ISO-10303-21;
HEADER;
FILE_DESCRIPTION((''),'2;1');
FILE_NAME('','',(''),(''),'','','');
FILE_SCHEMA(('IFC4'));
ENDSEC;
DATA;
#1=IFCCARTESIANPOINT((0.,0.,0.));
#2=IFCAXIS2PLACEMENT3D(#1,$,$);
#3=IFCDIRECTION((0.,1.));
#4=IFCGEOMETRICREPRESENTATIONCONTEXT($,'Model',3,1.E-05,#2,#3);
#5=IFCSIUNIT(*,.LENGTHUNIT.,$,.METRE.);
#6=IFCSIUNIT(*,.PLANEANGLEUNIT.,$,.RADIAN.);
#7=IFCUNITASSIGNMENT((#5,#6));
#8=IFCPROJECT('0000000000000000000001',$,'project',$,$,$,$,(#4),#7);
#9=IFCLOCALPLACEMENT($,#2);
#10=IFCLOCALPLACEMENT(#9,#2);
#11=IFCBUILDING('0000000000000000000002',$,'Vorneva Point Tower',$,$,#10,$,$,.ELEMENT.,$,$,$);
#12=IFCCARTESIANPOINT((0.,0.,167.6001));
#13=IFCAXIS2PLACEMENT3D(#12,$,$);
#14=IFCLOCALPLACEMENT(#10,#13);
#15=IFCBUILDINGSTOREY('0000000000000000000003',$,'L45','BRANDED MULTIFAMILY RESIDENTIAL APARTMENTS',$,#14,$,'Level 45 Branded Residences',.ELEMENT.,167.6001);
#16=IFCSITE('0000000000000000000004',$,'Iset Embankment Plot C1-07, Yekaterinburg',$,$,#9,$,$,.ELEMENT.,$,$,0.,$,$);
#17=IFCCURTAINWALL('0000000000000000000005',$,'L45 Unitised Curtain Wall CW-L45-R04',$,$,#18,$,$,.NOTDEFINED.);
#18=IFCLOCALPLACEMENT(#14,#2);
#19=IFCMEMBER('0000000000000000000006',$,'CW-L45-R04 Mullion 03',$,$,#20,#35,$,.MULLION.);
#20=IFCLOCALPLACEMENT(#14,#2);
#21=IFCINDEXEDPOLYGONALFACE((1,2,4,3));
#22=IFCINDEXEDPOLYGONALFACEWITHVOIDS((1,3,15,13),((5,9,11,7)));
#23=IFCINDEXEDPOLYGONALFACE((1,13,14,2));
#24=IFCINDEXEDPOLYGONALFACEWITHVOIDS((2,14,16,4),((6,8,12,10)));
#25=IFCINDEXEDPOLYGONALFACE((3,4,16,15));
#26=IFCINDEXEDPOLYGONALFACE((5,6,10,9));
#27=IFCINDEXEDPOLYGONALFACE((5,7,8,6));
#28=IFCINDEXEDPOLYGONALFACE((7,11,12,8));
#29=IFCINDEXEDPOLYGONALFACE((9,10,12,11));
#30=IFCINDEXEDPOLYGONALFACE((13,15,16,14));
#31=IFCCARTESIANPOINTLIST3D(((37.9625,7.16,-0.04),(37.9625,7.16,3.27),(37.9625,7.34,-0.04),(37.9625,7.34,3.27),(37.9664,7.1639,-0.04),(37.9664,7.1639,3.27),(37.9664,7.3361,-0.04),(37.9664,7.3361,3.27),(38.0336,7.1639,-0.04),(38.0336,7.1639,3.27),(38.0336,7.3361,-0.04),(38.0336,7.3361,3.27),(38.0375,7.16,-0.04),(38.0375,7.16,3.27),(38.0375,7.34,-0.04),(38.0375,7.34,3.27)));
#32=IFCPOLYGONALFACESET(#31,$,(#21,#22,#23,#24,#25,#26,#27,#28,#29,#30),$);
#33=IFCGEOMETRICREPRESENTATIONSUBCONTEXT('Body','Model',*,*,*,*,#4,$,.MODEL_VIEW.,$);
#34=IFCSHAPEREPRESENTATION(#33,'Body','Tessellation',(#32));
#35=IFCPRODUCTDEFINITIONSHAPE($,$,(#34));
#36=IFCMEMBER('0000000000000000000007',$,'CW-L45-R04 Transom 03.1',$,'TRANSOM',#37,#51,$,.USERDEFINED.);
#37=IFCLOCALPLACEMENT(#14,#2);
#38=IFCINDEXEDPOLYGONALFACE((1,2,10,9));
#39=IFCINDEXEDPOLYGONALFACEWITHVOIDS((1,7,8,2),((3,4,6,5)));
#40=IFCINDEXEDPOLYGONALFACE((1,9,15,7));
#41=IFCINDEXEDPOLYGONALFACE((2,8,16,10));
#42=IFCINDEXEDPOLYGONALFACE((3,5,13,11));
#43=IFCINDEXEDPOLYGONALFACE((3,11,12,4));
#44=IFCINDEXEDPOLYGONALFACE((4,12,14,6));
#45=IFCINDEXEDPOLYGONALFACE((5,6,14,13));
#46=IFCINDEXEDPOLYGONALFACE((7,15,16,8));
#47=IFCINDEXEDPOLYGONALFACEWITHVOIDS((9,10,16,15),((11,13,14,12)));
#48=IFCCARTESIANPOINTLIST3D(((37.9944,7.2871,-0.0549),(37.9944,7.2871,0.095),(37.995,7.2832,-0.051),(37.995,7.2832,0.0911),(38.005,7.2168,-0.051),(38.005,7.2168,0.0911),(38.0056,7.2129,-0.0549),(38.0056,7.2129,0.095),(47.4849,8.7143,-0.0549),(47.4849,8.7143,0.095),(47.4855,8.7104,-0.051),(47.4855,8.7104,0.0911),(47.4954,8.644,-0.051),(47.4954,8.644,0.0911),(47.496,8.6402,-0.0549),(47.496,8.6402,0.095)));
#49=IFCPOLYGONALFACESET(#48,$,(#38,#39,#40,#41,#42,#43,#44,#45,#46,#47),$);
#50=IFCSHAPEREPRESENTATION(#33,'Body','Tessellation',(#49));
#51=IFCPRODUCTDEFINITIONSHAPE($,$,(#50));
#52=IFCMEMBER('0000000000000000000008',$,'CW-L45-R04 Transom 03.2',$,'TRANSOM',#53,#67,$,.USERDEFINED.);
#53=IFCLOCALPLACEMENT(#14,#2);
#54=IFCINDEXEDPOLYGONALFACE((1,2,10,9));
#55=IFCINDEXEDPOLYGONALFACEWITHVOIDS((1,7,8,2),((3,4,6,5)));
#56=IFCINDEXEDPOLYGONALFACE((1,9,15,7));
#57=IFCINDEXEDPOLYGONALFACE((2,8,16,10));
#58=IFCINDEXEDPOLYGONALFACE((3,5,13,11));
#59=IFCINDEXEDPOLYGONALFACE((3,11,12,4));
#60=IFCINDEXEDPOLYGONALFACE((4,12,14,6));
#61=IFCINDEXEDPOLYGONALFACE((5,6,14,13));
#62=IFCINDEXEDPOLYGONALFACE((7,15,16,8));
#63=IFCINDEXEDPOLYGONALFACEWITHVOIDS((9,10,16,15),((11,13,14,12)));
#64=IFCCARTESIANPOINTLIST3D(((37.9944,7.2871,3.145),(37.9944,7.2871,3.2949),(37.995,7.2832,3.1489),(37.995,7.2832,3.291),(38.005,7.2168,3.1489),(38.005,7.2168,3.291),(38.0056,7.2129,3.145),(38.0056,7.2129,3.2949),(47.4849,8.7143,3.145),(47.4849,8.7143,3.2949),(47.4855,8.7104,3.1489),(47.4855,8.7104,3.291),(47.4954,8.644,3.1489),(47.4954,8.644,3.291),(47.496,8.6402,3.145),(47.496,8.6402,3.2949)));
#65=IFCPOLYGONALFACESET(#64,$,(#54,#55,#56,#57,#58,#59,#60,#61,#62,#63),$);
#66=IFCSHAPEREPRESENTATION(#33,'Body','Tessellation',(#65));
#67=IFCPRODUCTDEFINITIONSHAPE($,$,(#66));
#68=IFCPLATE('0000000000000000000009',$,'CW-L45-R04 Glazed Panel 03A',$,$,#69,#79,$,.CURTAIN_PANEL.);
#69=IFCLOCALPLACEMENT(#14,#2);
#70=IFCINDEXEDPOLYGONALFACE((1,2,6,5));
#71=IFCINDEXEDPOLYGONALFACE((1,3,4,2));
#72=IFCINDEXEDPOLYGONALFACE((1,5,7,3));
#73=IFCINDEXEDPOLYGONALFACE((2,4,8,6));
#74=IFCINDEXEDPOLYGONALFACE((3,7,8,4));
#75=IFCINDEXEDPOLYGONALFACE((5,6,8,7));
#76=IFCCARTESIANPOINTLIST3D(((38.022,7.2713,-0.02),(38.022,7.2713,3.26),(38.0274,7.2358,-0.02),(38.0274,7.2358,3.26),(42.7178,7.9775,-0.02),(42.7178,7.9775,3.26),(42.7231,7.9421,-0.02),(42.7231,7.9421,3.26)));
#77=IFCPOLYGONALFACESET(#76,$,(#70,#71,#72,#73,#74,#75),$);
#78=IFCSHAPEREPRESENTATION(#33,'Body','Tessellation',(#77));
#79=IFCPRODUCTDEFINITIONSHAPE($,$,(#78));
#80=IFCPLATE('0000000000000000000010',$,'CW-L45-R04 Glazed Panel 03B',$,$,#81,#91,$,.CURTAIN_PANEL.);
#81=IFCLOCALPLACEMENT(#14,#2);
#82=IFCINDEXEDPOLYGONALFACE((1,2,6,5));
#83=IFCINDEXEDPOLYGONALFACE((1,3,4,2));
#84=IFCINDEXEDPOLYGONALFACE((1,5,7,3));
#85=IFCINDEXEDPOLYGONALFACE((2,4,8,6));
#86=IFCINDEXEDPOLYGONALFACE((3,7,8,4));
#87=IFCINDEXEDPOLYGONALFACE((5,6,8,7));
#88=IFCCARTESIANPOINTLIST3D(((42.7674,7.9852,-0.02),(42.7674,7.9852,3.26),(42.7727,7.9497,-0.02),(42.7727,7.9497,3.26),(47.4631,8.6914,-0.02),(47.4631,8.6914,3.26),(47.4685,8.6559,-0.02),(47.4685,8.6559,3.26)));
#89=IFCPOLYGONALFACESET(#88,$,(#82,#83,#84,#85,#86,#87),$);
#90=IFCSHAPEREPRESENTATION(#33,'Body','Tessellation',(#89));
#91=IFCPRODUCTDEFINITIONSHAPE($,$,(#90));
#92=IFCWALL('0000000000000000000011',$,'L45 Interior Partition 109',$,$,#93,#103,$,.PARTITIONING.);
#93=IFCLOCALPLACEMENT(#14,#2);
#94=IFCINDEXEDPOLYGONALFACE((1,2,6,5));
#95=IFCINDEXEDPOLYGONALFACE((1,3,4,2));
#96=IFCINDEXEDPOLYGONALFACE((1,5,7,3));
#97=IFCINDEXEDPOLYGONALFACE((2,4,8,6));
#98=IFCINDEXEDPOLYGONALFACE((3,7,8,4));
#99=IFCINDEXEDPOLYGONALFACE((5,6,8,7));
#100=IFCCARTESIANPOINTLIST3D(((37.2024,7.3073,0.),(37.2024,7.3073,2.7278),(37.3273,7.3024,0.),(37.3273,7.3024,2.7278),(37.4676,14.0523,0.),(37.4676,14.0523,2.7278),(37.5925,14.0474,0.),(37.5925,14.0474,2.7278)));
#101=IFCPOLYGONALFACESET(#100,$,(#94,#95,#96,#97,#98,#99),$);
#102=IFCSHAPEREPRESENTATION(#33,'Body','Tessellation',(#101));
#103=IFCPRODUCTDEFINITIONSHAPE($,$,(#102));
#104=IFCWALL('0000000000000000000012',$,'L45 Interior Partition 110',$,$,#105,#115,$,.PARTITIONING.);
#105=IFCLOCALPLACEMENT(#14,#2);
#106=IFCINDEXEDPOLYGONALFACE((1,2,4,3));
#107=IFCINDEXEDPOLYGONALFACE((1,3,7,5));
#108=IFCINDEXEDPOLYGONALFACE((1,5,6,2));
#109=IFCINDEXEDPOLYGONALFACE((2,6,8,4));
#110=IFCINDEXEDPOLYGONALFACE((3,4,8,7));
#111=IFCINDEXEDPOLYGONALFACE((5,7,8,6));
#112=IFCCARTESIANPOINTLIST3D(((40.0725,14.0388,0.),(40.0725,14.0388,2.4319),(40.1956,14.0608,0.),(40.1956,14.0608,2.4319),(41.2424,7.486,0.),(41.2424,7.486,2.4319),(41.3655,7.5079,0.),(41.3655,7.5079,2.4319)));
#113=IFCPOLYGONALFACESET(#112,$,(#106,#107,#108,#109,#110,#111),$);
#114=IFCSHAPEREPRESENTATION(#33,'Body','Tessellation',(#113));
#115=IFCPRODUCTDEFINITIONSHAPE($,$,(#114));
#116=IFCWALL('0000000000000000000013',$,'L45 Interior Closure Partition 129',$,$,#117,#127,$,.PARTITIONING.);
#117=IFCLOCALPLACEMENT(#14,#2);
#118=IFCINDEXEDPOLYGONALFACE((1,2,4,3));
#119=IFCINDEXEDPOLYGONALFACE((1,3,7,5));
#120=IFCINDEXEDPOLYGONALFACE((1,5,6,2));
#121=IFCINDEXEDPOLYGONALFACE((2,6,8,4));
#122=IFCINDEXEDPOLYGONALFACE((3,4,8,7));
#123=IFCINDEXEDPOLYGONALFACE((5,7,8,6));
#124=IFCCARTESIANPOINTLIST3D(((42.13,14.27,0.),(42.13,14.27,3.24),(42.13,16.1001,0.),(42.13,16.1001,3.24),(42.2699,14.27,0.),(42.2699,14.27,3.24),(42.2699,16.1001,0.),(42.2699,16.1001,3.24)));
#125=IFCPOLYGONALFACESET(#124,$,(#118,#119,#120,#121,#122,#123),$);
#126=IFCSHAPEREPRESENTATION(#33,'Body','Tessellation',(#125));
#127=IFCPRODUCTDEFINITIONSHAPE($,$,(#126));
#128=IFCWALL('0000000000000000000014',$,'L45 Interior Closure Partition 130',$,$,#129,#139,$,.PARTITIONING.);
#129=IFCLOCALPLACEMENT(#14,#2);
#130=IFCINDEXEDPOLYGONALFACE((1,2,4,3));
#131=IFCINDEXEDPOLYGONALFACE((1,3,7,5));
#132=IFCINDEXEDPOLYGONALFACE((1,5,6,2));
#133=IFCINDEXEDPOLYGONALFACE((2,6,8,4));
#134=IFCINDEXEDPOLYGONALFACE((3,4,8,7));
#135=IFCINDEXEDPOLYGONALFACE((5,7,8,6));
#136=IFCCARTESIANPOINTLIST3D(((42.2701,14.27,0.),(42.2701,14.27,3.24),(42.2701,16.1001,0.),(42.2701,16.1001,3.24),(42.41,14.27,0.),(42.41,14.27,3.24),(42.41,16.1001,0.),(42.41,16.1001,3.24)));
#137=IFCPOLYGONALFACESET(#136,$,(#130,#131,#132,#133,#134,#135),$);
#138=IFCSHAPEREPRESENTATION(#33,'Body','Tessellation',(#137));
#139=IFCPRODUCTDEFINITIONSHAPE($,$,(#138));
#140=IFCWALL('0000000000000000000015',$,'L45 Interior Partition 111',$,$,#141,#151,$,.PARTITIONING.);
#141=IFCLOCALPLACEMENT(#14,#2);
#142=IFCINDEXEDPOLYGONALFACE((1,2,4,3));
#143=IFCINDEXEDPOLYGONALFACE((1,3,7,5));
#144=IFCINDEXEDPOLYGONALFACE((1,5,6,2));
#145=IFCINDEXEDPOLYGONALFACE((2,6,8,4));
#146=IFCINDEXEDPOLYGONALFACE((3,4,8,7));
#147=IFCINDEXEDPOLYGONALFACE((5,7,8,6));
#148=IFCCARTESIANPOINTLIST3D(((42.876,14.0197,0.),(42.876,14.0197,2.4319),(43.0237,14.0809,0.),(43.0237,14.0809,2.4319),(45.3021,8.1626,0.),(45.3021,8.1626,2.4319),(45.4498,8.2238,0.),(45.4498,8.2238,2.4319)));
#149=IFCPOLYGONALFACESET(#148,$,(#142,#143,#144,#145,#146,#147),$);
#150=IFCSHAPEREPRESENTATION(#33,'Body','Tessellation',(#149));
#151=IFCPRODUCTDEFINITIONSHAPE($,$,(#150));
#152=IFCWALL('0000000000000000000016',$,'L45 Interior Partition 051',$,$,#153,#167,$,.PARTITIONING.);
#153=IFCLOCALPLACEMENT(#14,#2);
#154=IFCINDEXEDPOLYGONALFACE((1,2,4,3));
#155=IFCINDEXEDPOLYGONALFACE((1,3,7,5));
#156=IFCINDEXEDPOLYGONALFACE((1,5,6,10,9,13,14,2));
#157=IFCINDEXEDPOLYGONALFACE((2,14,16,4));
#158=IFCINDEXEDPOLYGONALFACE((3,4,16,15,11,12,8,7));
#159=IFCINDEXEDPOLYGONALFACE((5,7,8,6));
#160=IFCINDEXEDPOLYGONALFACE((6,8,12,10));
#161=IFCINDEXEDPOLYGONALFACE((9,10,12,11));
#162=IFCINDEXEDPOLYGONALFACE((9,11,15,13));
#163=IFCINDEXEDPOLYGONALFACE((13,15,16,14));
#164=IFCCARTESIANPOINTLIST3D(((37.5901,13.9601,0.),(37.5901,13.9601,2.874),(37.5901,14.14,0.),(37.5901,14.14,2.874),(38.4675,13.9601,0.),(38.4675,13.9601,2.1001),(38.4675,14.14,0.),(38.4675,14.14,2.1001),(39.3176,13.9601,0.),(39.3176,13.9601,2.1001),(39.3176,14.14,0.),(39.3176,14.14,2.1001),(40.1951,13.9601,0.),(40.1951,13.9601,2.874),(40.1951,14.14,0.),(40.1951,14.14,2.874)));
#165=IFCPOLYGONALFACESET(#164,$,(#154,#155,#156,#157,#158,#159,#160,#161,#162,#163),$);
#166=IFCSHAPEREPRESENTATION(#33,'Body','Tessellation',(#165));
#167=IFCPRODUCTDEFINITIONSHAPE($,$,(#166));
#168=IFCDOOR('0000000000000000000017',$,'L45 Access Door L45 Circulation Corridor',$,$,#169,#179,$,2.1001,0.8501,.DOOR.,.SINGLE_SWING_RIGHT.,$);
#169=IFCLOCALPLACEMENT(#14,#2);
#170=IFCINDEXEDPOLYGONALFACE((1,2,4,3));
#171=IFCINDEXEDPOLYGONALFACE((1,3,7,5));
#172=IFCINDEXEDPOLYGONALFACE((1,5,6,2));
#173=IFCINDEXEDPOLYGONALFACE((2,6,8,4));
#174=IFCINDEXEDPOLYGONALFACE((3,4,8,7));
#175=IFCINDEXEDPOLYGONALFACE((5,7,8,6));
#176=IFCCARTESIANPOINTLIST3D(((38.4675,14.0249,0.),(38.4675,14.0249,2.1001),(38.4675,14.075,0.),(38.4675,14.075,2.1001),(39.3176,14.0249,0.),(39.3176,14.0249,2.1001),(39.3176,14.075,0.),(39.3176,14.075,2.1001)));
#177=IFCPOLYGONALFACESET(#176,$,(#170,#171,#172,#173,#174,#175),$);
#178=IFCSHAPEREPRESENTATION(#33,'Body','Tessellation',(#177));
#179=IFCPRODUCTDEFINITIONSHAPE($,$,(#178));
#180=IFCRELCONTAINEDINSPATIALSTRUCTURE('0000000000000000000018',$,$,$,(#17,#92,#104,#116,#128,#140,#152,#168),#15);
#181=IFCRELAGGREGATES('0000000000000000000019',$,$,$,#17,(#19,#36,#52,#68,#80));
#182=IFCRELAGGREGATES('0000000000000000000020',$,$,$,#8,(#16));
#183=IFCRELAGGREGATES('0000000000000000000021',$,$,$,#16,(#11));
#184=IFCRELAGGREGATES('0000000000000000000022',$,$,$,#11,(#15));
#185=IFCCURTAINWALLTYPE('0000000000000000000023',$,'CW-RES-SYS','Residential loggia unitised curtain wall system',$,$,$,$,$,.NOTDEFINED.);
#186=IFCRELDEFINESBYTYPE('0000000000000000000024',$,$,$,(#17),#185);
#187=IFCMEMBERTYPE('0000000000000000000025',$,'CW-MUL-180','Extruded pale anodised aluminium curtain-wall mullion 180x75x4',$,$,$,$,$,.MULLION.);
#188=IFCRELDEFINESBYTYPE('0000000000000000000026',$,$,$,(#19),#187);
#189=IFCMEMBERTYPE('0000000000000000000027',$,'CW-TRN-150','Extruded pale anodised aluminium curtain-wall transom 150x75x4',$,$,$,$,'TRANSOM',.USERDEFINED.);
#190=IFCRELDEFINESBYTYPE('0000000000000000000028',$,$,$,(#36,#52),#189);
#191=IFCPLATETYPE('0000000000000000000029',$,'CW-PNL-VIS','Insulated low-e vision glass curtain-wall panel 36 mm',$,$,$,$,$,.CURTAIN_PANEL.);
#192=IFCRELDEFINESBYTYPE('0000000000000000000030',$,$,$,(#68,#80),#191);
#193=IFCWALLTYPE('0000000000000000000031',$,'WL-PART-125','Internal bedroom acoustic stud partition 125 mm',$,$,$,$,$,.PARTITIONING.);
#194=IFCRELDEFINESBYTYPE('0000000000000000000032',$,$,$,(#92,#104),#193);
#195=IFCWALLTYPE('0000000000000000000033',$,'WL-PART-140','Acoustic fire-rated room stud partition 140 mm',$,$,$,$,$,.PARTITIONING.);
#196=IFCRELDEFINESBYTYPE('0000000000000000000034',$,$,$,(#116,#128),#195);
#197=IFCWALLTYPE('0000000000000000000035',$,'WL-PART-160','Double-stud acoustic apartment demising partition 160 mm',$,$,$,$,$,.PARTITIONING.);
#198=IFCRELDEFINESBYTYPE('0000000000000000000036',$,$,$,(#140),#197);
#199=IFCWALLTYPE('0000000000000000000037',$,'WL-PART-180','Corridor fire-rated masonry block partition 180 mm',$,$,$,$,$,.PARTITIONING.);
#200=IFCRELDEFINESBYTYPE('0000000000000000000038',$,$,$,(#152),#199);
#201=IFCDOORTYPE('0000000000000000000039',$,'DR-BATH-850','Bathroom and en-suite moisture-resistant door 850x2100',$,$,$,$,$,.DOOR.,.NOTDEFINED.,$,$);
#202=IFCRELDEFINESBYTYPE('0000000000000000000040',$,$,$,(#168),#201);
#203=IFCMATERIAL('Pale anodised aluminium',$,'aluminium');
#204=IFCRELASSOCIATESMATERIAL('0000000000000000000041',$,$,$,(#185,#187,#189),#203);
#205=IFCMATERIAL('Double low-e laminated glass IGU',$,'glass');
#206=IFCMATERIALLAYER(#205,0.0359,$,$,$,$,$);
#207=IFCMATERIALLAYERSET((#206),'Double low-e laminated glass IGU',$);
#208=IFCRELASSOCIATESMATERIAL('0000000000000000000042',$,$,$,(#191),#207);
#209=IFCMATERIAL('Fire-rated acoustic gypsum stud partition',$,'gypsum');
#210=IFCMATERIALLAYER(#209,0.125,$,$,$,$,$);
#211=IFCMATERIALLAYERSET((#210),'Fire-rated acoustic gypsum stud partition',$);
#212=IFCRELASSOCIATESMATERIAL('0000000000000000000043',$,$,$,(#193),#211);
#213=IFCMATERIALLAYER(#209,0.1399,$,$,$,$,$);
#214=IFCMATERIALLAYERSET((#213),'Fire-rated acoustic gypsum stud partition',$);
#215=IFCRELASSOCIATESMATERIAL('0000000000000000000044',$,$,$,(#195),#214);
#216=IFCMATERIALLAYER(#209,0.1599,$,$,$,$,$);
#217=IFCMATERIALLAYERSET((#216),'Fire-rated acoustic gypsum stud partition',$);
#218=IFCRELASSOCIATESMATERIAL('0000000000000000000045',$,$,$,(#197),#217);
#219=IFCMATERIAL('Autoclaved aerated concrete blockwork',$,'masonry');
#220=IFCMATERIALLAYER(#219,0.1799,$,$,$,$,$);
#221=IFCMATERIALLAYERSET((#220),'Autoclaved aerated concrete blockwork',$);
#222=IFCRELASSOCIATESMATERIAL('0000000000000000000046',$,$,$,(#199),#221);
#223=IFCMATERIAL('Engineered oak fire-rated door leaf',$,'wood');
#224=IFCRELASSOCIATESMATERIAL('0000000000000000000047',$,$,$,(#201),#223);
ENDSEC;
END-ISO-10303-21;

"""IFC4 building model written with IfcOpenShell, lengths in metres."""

from ifc_helpers import new_model, si_unit, direction, frame, frame_2d, origin, origin_2d, place, context, subcontext, project, spatial, rectangle, hollow_rectangle, extrude, material, layer, layer_set, material_profile, profile_set, type_object, element, fill, aggregate, save


model = new_model("IFC4")

# Units and contexts
model_context = context("Model", 3, precision=1e-05, world=origin(), true_north=direction((0.0, 1.0)))
body_context = subcontext(model_context, "Body", "Model", "MODEL_VIEW")
ifc_project = project(units=[si_unit("LENGTHUNIT", "METRE"), si_unit("PLANEANGLEUNIT", "RADIAN")], contexts=[model_context])

# Site, building, storey
site_placement = place(None, origin())
site = spatial("IfcSite", under=ifc_project, at=site_placement, Name="Iset Embankment Plot C1-07, Yekaterinburg", CompositionType="ELEMENT", RefElevation=0.0)
building_placement = place(site_placement, origin())
building = spatial("IfcBuilding", under=site, at=building_placement, Name="Vorneva Point Tower", CompositionType="ELEMENT")
storey_placement = place(building_placement, frame((0.0, 0.0, 167.6001)))
storey = spatial("IfcBuildingStorey", under=building, at=storey_placement, Name="L45", Description="BRANDED MULTIFAMILY RESIDENTIAL APARTMENTS", LongName="Level 45 Branded Residences", CompositionType="ELEMENT", Elevation=167.6001)

# Curtain wall, members, plates
ifc_material_1 = material(Name="Pale anodised aluminium", Category="aluminium")
curtain_wall_type = type_object("IfcCurtainWallType", Name="CW-RES-SYS", Description="Residential loggia unitised curtain wall system", PredefinedType="NOTDEFINED", material=ifc_material_1)
curtain_wall_placement = place(storey_placement, origin())
curtain_wall = element("IfcCurtainWall", 1, at=curtain_wall_placement, inside=storey, type_object=curtain_wall_type, Name="L45 Unitised Curtain Wall CW-L45-R04", PredefinedType="NOTDEFINED")
ifc_material_profile_1 = material_profile(ifc_material_1, hollow_rectangle(XDim=0.075, YDim=0.1799, WallThickness=0.0039, at=origin_2d()), Name="AL-MUL 180x75x4")
ifc_profile_set_1 = profile_set([ifc_material_profile_1], Name="Pale anodised aluminium")
member_type_1 = type_object("IfcMemberType", Name="CW-MUL-180", Description="Extruded pale anodised aluminium curtain-wall mullion 180x75x4", PredefinedType="MULLION", material=ifc_profile_set_1)
member_1_placement = place(storey_placement, frame((38.0, 7.25, -0.04), z_axis=(0.0, 0.0, 1.0), x_axis=(1.0, 0.0, 0.0)))
member_1 = element("IfcMember", 2, at=member_1_placement, type_object=member_type_1, Name="CW-L45-R04 Mullion 03", PredefinedType="MULLION", context=body_context, shape_type="SweptSolid", body=[
    extrude(hollow_rectangle(XDim=0.075, YDim=0.1799, WallThickness=0.0039, at=origin_2d()), origin(), (0.0, 0.0, 1.0), 3.3101),
])
ifc_material_profile_2 = material_profile(ifc_material_1, hollow_rectangle(XDim=0.075, YDim=0.1499, WallThickness=0.0039, at=origin_2d()), Name="AL-TRN 150x75x4")
ifc_profile_set_2 = profile_set([ifc_material_profile_2], Name="Pale anodised aluminium")
member_type_2 = type_object("IfcMemberType", Name="CW-TRN-150", Description="Extruded pale anodised aluminium curtain-wall transom 150x75x4", ElementType="TRANSOM", PredefinedType="USERDEFINED", material=ifc_profile_set_2)
member_2_placement = place(storey_placement, frame((38.0, 7.25, 0.02), z_axis=(0.98888, 0.148715, 0.0), x_axis=(-0.148715, 0.98888, 0.0)))
member_2 = element("IfcMember", 3, at=member_2_placement, type_object=member_type_2, Name="CW-L45-R04 Transom 03.1", ObjectType="TRANSOM", PredefinedType="USERDEFINED", context=body_context, shape_type="SweptSolid", body=[
    extrude(hollow_rectangle(XDim=0.075, YDim=0.1499, WallThickness=0.0039, at=origin_2d()), origin(), (0.0, 0.0, 1.0), 9.5972),
])
member_3_placement = place(storey_placement, frame((38.0, 7.25, 3.22), z_axis=(0.98888, 0.148715, 0.0), x_axis=(-0.148715, 0.98888, 0.0)))
member_3 = element("IfcMember", 4, at=member_3_placement, type_object=member_type_2, Name="CW-L45-R04 Transom 03.2", ObjectType="TRANSOM", PredefinedType="USERDEFINED", context=body_context, shape_type="SweptSolid", body=[
    extrude(hollow_rectangle(XDim=0.075, YDim=0.1499, WallThickness=0.0039, at=origin_2d()), origin(), (0.0, 0.0, 1.0), 9.5972),
])
ifc_material_2 = material(Name="Double low-e laminated glass IGU", Category="glass")
ifc_layer_1 = layer(ifc_material_2, 0.0359)
ifc_layer_set_1 = layer_set([ifc_layer_1], Name="Double low-e laminated glass IGU")
plate_type = type_object("IfcPlateType", Name="CW-PNL-VIS", Description="Insulated low-e vision glass curtain-wall panel 36 mm", PredefinedType="CURTAIN_PANEL", material=ifc_layer_set_1)
plate_1_placement = place(storey_placement, frame((40.3726, 7.6067, -0.02), z_axis=(0.0, 0.0, 1.0), x_axis=(0.988879, 0.148724, 0.0)))
plate_1 = element("IfcPlate", 5, at=plate_1_placement, type_object=plate_type, Name="CW-L45-R04 Glazed Panel 03A", PredefinedType="CURTAIN_PANEL", context=body_context, shape_type="SweptSolid", body=[
    extrude(rectangle(XDim=4.7485, YDim=0.0359, at=origin_2d()), origin(), (0.0, 0.0, 1.0), 3.28),
])
plate_2_placement = place(storey_placement, frame((45.1179, 8.3206, -0.02), z_axis=(0.0, 0.0, 1.0), x_axis=(0.988879, 0.148724, 0.0)))
plate_2 = element("IfcPlate", 6, at=plate_2_placement, type_object=plate_type, Name="CW-L45-R04 Glazed Panel 03B", PredefinedType="CURTAIN_PANEL", context=body_context, shape_type="SweptSolid", body=[
    extrude(rectangle(XDim=4.7485, YDim=0.0359, at=origin_2d()), origin(), (0.0, 0.0, 1.0), 3.28),
])
aggregate(curtain_wall, [member_1, member_2, member_3, plate_1, plate_2])

# Walls
ifc_material_3 = material(Name="Fire-rated acoustic gypsum stud partition", Category="gypsum")
ifc_layer_2 = layer(ifc_material_3, 0.125)
ifc_layer_set_2 = layer_set([ifc_layer_2], Name="Fire-rated acoustic gypsum stud partition")
wall_type_1 = type_object("IfcWallType", Name="WL-PART-125", Description="Internal bedroom acoustic stud partition 125 mm", PredefinedType="PARTITIONING", material=ifc_layer_set_2)
wall_1_placement = place(storey_placement, frame((37.2649, 7.3049, 0.0), z_axis=(0.0, 0.0, 1.0), x_axis=(0.039278, 0.999228, 0.0)))
element("IfcWall", 7, at=wall_1_placement, inside=storey, type_object=wall_type_1, Name="L45 Interior Partition 109", PredefinedType="PARTITIONING", context=body_context, shape_type="SweptSolid", body=[
    extrude(rectangle(XDim=6.7502, YDim=0.125, at=frame_2d((3.375, 0.0))), origin(), (0.0, 0.0, 1.0), 2.7278),
])
wall_2_placement = place(storey_placement, frame((41.304, 7.4971, 0.0), z_axis=(0.0, 0.0, 1.0), x_axis=(-0.175754, 0.984434, 0.0)))
element("IfcWall", 8, at=wall_2_placement, inside=storey, type_object=wall_type_1, Name="L45 Interior Partition 110", PredefinedType="PARTITIONING", context=body_context, shape_type="SweptSolid", body=[
    extrude(rectangle(XDim=6.6565, YDim=0.125, at=frame_2d((3.3281, 0.0))), origin(), (0.0, 0.0, 1.0), 2.4319),
])
ifc_layer_3 = layer(ifc_material_3, 0.1399)
ifc_layer_set_3 = layer_set([ifc_layer_3], Name="Fire-rated acoustic gypsum stud partition")
wall_type_2 = type_object("IfcWallType", Name="WL-PART-140", Description="Acoustic fire-rated room stud partition 140 mm", PredefinedType="PARTITIONING", material=ifc_layer_set_3)
for number, where, z_axis, x_axis, name in (
    (9, (42.2, 16.1001, 0.0), (0.0, 0.0, 1.0), (0.0, -1.0, 0.0), "L45 Interior Closure Partition 129"),
    (10, (42.3401, 14.27, 0.0), (0.0, 0.0, 1.0), (0.0, 1.0, 0.0), "L45 Interior Closure Partition 130"),
):
    element("IfcWall", number, at=place(storey_placement, frame(where, z_axis=z_axis, x_axis=x_axis)), inside=storey, type_object=wall_type_2, Name=name, PredefinedType="PARTITIONING", context=body_context, shape_type="SweptSolid", body=[
        extrude(rectangle(XDim=1.8301, YDim=0.1399, at=frame_2d((0.915, 0.0))), origin(), (0.0, 0.0, 1.0), 3.24),
    ])
ifc_layer_4 = layer(ifc_material_3, 0.1599)
ifc_layer_set_4 = layer_set([ifc_layer_4], Name="Fire-rated acoustic gypsum stud partition")
wall_type_3 = type_object("IfcWallType", Name="WL-PART-160", Description="Double-stud acoustic apartment demising partition 160 mm", PredefinedType="PARTITIONING", material=ifc_layer_set_4)
wall_3_placement = place(storey_placement, frame((45.376, 8.1931, 0.0), z_axis=(0.0, 0.0, 1.0), x_axis=(-0.382684, 0.923879, 0.0)))
element("IfcWall", 11, at=wall_3_placement, inside=storey, type_object=wall_type_3, Name="L45 Interior Partition 111", PredefinedType="PARTITIONING", context=body_context, shape_type="SweptSolid", body=[
    extrude(rectangle(XDim=6.3396, YDim=0.1599, at=frame_2d((3.1699, 0.0))), origin(), (0.0, 0.0, 1.0), 2.4319),
])

# Wall, opening, door
ifc_material_4 = material(Name="Autoclaved aerated concrete blockwork", Category="masonry")
ifc_layer_5 = layer(ifc_material_4, 0.1799)
ifc_layer_set_5 = layer_set([ifc_layer_5], Name="Autoclaved aerated concrete blockwork")
wall_type_4 = type_object("IfcWallType", Name="WL-PART-180", Description="Corridor fire-rated masonry block partition 180 mm", PredefinedType="PARTITIONING", material=ifc_layer_set_5)
wall_4_placement = place(storey_placement, frame((37.5901, 14.05, 0.0), z_axis=(0.0, 0.0, 1.0), x_axis=(1.0, 0.0, 0.0)))
wall_4 = element("IfcWall", 12, at=wall_4_placement, inside=storey, type_object=wall_type_4, Name="L45 Interior Partition 051", PredefinedType="PARTITIONING", context=body_context, shape_type="SweptSolid", body=[
    extrude(rectangle(XDim=2.605, YDim=0.1799, at=frame_2d((1.3025, 0.0))), origin(), (0.0, 0.0, 1.0), 2.874),
])
opening_1_placement = place(wall_4_placement, frame((0.8774, 0.0, 0.0)))
opening_1 = element("IfcOpeningElement", 13, at=opening_1_placement, cuts=wall_4, PredefinedType="OPENING", context=body_context, shape_type="SweptSolid", body=[
    extrude(rectangle(XDim=0.8501, YDim=2.1001, at=frame_2d((0.425, 1.05))), frame((0.0, 0.105, 0.0), z_axis=(0.0, -1.0, 0.0), x_axis=(1.0, 0.0, 0.0)), (0.0, 0.0, 1.0), 0.2097),
])
ifc_material_5 = material(Name="Engineered oak fire-rated door leaf", Category="wood")
door_type = type_object("IfcDoorType", Name="DR-BATH-850", Description="Bathroom and en-suite moisture-resistant door 850x2100", OperationType="NOTDEFINED", PredefinedType="DOOR", material=ifc_material_5)
door_1_placement = place(opening_1_placement, origin())
door_1 = element("IfcDoor", 14, at=door_1_placement, inside=storey, type_object=door_type, Name="L45 Access Door L45 Circulation Corridor", OperationType="SINGLE_SWING_RIGHT", OverallHeight=2.1001, OverallWidth=0.8501, PredefinedType="DOOR", context=body_context, shape_type="SweptSolid", body=[
    extrude(rectangle(XDim=0.8501, YDim=2.1001, at=frame_2d((0.425, 1.05))), frame((0.0, 0.0249, 0.0), z_axis=(0.0, -1.0, 0.0), x_axis=(1.0, 0.0, 0.0)), (0.0, 0.0, 1.0), 0.05),
])
fill(opening_1, door_1)

save(model, "model.ifc")
